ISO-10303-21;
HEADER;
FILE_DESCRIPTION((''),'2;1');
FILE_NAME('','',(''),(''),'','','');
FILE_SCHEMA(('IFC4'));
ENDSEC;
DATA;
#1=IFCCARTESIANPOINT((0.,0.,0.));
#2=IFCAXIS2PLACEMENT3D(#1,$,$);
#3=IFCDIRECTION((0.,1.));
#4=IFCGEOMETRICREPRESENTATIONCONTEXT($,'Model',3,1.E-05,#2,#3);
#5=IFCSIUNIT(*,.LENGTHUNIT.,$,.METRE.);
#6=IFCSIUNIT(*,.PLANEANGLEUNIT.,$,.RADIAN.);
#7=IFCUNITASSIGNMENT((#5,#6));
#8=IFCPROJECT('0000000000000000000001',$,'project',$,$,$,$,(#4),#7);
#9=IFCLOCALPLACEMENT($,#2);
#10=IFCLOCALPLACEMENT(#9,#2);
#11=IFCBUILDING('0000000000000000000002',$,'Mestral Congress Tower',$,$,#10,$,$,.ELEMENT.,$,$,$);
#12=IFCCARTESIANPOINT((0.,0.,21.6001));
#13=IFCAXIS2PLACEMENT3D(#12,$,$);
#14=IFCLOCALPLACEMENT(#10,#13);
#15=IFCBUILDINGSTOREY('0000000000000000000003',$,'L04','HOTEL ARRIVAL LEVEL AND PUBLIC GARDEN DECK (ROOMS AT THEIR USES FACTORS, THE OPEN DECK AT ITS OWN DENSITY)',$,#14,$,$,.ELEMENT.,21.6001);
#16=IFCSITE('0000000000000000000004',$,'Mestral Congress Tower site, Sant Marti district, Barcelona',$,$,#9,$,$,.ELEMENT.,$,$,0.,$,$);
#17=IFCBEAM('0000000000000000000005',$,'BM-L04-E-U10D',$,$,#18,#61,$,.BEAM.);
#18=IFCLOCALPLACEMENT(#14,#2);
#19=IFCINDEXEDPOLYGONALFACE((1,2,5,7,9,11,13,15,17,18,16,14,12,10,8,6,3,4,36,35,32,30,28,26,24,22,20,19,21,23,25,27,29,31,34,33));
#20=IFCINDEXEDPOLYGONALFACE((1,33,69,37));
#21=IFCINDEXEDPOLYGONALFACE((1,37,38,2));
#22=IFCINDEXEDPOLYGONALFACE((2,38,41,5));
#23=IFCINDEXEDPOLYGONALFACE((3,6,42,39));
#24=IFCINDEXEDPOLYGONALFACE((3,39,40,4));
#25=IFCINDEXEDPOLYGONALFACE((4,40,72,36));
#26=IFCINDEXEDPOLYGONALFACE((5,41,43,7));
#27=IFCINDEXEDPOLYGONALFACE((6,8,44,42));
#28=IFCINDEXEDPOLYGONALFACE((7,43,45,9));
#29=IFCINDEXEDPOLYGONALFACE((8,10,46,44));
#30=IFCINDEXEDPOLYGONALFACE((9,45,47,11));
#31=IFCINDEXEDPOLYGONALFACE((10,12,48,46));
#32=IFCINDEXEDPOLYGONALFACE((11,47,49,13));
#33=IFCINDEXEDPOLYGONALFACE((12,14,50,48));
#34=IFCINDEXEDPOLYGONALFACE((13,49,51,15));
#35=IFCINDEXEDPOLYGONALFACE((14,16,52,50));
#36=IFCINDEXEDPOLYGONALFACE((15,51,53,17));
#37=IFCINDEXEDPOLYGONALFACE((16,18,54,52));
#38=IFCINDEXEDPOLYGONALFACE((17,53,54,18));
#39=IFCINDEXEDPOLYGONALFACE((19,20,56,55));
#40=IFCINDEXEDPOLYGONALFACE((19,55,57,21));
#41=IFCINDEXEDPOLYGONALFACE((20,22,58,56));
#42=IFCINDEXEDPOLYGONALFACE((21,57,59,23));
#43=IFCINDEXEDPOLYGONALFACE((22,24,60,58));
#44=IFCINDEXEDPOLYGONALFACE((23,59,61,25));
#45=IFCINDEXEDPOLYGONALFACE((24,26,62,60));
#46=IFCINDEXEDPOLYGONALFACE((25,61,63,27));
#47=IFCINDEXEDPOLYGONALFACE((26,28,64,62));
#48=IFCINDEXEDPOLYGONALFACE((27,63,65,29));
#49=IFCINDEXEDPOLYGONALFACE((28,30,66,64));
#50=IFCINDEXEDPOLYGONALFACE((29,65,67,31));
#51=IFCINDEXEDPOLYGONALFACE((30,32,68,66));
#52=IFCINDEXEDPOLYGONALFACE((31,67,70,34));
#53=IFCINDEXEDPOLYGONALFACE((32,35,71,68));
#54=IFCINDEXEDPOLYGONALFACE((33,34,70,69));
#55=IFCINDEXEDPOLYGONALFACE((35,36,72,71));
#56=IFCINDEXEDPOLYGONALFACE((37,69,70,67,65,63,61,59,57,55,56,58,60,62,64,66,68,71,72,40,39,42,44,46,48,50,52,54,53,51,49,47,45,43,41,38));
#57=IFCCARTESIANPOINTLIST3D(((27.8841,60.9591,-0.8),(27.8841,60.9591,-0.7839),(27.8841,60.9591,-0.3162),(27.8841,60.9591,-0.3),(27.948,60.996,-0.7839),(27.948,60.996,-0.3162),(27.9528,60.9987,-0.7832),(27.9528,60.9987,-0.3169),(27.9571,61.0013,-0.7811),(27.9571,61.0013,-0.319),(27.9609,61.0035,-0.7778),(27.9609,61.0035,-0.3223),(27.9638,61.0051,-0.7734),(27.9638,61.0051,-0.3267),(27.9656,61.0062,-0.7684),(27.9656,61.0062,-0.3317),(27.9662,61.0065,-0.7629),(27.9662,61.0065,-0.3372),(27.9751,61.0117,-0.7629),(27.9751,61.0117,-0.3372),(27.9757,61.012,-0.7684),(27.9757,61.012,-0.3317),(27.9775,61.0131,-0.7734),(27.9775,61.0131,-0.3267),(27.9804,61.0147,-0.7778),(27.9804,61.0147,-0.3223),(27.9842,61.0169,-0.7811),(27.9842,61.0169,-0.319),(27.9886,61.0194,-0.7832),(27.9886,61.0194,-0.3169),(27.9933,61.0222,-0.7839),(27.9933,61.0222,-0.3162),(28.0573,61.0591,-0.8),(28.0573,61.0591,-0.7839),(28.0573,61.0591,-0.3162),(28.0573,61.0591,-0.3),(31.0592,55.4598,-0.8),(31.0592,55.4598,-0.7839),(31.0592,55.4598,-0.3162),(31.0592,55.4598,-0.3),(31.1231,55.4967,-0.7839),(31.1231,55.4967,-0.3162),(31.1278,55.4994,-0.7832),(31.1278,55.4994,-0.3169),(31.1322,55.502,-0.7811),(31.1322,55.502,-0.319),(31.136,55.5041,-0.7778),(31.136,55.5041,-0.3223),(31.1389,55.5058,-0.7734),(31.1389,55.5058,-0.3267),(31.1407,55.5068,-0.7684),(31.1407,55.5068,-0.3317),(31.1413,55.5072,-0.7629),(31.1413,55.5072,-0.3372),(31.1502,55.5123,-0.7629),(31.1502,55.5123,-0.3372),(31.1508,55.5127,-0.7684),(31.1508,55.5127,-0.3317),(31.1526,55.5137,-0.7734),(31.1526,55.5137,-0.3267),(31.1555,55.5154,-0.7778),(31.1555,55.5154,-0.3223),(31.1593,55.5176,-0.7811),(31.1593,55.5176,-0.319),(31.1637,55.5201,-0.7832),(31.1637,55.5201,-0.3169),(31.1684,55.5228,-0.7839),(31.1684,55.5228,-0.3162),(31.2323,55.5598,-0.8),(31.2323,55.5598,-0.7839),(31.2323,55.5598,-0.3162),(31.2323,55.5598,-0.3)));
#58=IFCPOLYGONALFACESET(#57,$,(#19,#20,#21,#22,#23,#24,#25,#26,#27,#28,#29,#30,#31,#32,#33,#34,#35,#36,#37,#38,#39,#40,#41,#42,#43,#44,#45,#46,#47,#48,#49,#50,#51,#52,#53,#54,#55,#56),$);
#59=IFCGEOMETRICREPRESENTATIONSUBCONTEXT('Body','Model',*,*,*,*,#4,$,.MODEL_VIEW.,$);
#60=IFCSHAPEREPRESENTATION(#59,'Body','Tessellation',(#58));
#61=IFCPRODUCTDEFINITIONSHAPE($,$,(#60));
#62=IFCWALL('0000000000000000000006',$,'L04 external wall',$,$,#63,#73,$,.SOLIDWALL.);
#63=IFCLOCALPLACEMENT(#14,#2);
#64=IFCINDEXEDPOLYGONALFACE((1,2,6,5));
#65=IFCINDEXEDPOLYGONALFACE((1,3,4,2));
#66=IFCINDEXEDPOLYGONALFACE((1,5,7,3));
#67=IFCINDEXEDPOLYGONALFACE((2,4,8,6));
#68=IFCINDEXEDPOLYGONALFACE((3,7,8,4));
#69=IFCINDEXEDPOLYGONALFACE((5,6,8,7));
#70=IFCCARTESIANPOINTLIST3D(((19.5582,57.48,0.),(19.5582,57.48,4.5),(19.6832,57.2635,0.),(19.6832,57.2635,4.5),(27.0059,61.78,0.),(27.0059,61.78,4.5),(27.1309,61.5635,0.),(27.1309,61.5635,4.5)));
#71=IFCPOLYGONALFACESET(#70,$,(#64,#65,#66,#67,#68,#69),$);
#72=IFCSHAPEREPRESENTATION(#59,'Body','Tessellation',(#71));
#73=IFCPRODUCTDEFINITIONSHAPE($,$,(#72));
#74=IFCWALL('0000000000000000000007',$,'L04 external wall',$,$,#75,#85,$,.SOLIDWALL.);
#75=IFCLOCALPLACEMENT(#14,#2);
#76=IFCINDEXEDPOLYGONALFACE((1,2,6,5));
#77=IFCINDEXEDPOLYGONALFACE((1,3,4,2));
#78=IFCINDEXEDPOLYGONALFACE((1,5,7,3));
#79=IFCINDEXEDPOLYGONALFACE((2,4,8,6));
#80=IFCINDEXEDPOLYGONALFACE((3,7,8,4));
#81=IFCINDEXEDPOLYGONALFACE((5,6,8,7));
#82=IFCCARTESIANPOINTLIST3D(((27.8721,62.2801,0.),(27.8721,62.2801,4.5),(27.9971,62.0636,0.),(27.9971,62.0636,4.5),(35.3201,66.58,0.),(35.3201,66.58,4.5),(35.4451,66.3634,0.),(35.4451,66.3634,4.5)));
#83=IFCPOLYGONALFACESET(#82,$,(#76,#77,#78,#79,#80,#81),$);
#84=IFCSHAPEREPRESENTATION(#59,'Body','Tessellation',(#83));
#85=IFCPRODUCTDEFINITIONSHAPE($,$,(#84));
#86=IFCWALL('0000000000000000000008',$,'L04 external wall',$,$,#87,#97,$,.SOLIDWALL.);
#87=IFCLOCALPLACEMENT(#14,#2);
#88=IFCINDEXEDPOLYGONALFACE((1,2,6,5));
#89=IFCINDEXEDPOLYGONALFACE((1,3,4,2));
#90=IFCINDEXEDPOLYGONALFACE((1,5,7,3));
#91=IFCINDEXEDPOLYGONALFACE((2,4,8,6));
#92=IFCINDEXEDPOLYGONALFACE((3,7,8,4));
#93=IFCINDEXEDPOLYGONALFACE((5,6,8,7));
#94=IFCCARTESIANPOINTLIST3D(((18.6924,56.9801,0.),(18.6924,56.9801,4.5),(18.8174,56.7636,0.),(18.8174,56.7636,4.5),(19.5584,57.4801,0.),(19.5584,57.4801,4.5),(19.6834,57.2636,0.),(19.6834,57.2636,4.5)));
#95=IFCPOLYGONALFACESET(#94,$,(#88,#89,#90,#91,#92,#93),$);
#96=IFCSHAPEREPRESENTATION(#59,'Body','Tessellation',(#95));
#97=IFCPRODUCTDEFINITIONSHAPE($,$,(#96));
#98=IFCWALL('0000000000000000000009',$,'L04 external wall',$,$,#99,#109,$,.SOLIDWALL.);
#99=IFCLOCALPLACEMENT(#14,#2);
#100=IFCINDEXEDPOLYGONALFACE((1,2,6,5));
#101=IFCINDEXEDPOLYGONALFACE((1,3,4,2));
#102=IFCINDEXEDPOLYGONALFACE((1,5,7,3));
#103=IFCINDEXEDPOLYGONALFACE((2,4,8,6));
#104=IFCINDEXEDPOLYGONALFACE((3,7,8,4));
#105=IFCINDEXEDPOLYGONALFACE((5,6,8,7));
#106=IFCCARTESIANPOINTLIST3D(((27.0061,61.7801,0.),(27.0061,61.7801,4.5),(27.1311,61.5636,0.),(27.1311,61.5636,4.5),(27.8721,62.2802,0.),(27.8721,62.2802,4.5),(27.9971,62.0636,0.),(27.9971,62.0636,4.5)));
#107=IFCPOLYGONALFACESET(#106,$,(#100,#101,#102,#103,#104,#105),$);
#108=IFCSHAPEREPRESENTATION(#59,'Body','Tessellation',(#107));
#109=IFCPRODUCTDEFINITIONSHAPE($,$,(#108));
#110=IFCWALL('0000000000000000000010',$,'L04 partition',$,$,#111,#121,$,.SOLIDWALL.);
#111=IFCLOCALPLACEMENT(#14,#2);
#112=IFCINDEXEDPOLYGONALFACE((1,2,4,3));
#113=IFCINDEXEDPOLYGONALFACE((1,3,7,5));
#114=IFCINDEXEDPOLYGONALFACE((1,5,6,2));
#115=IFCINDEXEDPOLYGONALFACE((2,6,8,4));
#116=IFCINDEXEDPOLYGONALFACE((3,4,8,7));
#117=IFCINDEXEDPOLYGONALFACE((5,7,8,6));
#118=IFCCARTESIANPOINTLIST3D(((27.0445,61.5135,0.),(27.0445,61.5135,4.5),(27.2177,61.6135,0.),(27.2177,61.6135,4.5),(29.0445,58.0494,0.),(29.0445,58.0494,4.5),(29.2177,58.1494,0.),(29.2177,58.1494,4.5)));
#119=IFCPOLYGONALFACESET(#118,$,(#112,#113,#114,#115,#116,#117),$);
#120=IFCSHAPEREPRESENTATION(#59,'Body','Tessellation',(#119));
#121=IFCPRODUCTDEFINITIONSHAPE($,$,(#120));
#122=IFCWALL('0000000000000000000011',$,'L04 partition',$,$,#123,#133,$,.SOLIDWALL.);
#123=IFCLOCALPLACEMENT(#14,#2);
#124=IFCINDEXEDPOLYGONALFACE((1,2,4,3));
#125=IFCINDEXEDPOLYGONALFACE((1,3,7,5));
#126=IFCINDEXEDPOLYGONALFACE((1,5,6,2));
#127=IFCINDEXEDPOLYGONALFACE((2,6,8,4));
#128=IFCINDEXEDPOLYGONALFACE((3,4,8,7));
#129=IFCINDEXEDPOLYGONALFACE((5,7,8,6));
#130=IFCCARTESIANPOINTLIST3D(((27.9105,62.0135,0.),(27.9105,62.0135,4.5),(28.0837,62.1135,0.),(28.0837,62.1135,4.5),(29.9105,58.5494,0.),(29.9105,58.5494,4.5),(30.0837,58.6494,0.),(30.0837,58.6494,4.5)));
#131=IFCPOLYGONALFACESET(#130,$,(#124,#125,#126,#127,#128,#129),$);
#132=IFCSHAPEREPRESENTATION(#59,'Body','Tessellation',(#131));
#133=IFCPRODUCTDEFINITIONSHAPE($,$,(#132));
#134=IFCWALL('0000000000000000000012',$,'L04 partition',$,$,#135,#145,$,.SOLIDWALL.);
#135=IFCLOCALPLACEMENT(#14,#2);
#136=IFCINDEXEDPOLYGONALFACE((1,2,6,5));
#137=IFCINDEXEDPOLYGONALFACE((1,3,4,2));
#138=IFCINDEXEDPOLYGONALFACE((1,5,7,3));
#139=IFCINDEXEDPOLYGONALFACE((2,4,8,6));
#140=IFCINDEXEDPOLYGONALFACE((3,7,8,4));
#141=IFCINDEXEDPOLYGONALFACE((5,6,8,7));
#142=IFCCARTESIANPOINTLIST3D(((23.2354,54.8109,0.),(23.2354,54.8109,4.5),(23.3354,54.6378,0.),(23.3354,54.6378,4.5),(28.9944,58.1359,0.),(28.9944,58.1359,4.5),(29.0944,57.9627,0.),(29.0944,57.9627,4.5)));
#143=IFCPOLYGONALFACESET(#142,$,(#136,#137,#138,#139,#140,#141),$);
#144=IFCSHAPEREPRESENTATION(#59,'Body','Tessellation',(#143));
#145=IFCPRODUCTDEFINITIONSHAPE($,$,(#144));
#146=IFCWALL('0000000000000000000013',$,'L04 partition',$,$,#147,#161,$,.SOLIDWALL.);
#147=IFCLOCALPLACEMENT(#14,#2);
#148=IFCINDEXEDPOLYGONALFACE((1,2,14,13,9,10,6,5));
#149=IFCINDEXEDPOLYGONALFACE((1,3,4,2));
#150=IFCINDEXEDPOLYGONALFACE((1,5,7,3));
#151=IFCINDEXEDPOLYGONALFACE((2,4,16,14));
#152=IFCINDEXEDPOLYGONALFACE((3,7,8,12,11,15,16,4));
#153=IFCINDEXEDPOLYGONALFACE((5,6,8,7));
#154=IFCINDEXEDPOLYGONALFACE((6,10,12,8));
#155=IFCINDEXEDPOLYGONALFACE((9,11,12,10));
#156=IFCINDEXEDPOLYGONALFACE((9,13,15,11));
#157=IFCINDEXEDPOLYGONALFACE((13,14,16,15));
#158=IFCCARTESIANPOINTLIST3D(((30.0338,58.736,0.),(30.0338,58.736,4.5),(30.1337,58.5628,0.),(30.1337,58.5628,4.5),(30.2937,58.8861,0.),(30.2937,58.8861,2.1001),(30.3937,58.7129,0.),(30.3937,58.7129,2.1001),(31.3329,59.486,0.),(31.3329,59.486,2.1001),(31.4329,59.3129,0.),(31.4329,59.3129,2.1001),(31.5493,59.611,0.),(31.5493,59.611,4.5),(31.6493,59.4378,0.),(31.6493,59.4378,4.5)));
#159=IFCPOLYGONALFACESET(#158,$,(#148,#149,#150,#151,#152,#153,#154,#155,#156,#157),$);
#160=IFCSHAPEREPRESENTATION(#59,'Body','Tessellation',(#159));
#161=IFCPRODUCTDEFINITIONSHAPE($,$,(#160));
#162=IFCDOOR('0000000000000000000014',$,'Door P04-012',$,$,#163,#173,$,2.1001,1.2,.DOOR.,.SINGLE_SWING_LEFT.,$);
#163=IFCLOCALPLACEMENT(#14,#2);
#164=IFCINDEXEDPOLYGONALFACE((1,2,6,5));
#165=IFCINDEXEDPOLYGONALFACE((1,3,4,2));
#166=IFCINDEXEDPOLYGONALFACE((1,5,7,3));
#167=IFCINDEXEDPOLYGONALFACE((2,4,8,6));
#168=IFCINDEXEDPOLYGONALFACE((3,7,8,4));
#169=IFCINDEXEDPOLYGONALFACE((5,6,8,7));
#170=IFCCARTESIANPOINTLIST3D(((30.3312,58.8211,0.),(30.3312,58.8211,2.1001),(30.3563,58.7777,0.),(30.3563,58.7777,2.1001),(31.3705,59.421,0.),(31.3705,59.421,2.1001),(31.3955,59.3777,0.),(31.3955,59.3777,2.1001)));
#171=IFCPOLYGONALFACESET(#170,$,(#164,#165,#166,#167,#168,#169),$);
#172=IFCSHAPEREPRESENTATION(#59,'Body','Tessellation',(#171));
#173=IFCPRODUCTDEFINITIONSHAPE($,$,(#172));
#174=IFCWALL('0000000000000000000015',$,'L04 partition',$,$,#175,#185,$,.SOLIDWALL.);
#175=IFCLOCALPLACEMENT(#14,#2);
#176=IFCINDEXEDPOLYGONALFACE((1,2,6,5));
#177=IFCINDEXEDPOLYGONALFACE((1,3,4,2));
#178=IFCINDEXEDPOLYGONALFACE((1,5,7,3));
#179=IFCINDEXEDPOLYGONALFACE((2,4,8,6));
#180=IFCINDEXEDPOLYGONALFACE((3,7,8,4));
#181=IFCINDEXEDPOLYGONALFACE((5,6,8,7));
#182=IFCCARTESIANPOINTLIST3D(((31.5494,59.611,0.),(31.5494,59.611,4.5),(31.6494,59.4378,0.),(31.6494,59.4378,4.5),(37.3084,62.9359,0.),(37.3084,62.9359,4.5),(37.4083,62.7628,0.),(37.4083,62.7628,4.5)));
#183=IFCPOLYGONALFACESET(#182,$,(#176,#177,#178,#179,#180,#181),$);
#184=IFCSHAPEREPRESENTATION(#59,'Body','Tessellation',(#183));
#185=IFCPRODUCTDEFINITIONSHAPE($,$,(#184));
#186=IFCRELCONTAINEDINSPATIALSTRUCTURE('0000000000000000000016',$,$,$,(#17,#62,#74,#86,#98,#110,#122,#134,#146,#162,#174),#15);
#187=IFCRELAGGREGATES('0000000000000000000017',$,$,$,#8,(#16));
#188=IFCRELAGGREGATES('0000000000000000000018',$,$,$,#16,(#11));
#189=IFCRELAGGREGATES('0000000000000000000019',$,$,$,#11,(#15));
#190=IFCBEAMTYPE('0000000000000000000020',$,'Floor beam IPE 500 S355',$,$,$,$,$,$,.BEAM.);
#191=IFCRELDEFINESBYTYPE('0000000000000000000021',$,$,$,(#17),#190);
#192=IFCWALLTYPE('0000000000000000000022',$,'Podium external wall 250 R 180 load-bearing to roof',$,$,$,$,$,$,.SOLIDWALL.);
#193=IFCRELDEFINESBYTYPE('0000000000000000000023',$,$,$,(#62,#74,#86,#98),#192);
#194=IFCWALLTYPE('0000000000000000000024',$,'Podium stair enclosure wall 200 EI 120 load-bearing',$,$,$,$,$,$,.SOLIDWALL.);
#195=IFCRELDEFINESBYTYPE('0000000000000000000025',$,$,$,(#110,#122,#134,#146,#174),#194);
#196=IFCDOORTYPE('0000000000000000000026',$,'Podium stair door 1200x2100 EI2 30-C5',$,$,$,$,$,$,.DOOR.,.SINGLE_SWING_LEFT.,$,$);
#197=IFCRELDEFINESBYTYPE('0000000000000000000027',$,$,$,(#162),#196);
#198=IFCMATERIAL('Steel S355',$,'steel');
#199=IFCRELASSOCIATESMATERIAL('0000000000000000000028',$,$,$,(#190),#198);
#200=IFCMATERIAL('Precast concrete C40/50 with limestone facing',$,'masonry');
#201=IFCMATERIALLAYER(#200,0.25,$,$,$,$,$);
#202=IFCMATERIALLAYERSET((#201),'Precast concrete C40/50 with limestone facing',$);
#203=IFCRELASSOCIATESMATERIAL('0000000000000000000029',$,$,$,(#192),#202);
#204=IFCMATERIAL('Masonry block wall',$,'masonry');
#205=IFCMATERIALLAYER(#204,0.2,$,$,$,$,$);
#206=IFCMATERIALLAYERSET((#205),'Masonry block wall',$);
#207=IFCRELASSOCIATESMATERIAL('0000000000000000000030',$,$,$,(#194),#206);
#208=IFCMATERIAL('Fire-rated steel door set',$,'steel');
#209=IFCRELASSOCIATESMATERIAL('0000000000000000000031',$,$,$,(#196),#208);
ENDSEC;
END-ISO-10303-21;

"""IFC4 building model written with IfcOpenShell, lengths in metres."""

from ifc_helpers import new_model, si_unit, direction, frame, frame_2d, origin, origin_2d, place, context, subcontext, project, spatial, rectangle, i_section, extrude, material, layer, layer_set, material_profile, profile_set, type_object, element, fill, save


model = new_model("IFC4")

# Units and contexts
model_context = context("Model", 3, precision=1e-05, world=origin(), true_north=direction((0.0, 1.0)))
body_context = subcontext(model_context, "Body", "Model", "MODEL_VIEW")
ifc_project = project(units=[si_unit("LENGTHUNIT", "METRE"), si_unit("PLANEANGLEUNIT", "RADIAN")], contexts=[model_context])

# Site, building, storey
site_placement = place(None, origin())
site = spatial("IfcSite", under=ifc_project, at=site_placement, Name="Mestral Congress Tower site, Sant Marti district, Barcelona", CompositionType="ELEMENT", RefElevation=0.0)
building_placement = place(site_placement, origin())
building = spatial("IfcBuilding", under=site, at=building_placement, Name="Mestral Congress Tower", CompositionType="ELEMENT")
storey_placement = place(building_placement, frame((0.0, 0.0, 21.6001)))
storey = spatial("IfcBuildingStorey", under=building, at=storey_placement, Name="L04", Description="HOTEL ARRIVAL LEVEL AND PUBLIC GARDEN DECK (ROOMS AT THEIR USES FACTORS, THE OPEN DECK AT ITS OWN DENSITY)", CompositionType="ELEMENT", Elevation=21.6001)

# Beam
ifc_material_1 = material(Name="Steel S355", Category="steel")
ifc_material_profile = material_profile(ifc_material_1, i_section(OverallWidth=0.2, OverallDepth=0.5, WebThickness=0.0103, FlangeThickness=0.0161, FilletRadius=0.021, at=origin_2d()), Name="IPE 500")
ifc_profile_set = profile_set([ifc_material_profile], Name="Steel S355")
beam_type = type_object("IfcBeamType", Name="Floor beam IPE 500 S355", PredefinedType="BEAM", material=ifc_profile_set)
beam_placement = place(storey_placement, frame((31.1458, 55.5098, -0.55), z_axis=(-0.500005, 0.866022, 0.0), x_axis=(-0.866022, -0.500005, 0.0)))
element("IfcBeam", 1, at=beam_placement, inside=storey, type_object=beam_type, Name="BM-L04-E-U10D", PredefinedType="BEAM", context=body_context, shape_type="SweptSolid", body=[
    extrude(i_section(OverallWidth=0.2, OverallDepth=0.5, WebThickness=0.0103, FlangeThickness=0.0161, FilletRadius=0.021, at=origin_2d()), origin(), (0.0, 0.0, 1.0), 6.3501),
])

# Walls
ifc_material_2 = material(Name="Precast concrete C40/50 with limestone facing", Category="masonry")
ifc_layer_1 = layer(ifc_material_2, 0.25)
ifc_layer_set_1 = layer_set([ifc_layer_1], Name="Precast concrete C40/50 with limestone facing")
wall_type_1 = type_object("IfcWallType", Name="Podium external wall 250 R 180 load-bearing to roof", PredefinedType="SOLIDWALL", material=ifc_layer_set_1)
wall_1_placement = place(storey_placement, frame((19.6208, 57.3718, 0.0), z_axis=(0.0, 0.0, 1.0), x_axis=(0.866021, 0.500008, 0.0)))
element("IfcWall", 2, at=wall_1_placement, inside=storey, type_object=wall_type_1, Name="L04 external wall", PredefinedType="SOLIDWALL", context=body_context, shape_type="SweptSolid", body=[
    extrude(rectangle(XDim=8.5999, YDim=0.25, at=frame_2d((4.2998, 0.0))), origin(), (0.0, 0.0, 1.0), 4.5),
])
wall_2_placement = place(storey_placement, frame((27.9346, 62.1719, 0.0), z_axis=(0.0, 0.0, 1.0), x_axis=(0.86604, 0.499974, 0.0)))
element("IfcWall", 3, at=wall_2_placement, inside=storey, type_object=wall_type_1, Name="L04 external wall", PredefinedType="SOLIDWALL", context=body_context, shape_type="SweptSolid", body=[
    extrude(rectangle(XDim=8.6001, YDim=0.25, at=frame_2d((4.3, 0.0))), origin(), (0.0, 0.0, 1.0), 4.5),
])
for number, where, z_axis, x_axis, name in (
    (4, (18.7549, 56.8718, 0.0), (0.0, 0.0, 1.0), (0.866011, 0.500025, 0.0), "L04 external wall"),
    (5, (27.0686, 61.6719, 0.0), (0.0, 0.0, 1.0), (0.866011, 0.500025, 0.0), "L04 external wall"),
):
    element("IfcWall", number, at=place(storey_placement, frame(where, z_axis=z_axis, x_axis=x_axis)), inside=storey, type_object=wall_type_1, Name=name, PredefinedType="SOLIDWALL", context=body_context, shape_type="SweptSolid", body=[
        extrude(rectangle(XDim=1.0, YDim=0.25, at=frame_2d((0.5, 0.0))), origin(), (0.0, 0.0, 1.0), 4.5),
    ])
ifc_material_3 = material(Name="Masonry block wall", Category="masonry")
ifc_layer_2 = layer(ifc_material_3, 0.2)
ifc_layer_set_2 = layer_set([ifc_layer_2], Name="Masonry block wall")
wall_type_2 = type_object("IfcWallType", Name="Podium stair enclosure wall 200 EI 120 load-bearing", PredefinedType="SOLIDWALL", material=ifc_layer_set_2)
for number, where, z_axis, x_axis, name in (
    (6, (29.1311, 58.0994, 0.0), (0.0, 0.0, 1.0), (-0.499999, 0.866026, 0.0), "L04 partition"),
    (7, (29.9971, 58.5994, 0.0), (0.0, 0.0, 1.0), (-0.499999, 0.866026, 0.0), "L04 partition"),
):
    element("IfcWall", number, at=place(storey_placement, frame(where, z_axis=z_axis, x_axis=x_axis)), inside=storey, type_object=wall_type_2, Name=name, PredefinedType="SOLIDWALL", context=body_context, shape_type="SweptSolid", body=[
        extrude(rectangle(XDim=4.0, YDim=0.2, at=frame_2d((2.0, 0.0))), origin(), (0.0, 0.0, 1.0), 4.5),
    ])
wall_3_placement = place(storey_placement, frame((23.2854, 54.7244, 0.0), z_axis=(0.0, 0.0, 1.0), x_axis=(0.866027, 0.499997, 0.0)))
element("IfcWall", 8, at=wall_3_placement, inside=storey, type_object=wall_type_2, Name="L04 partition", PredefinedType="SOLIDWALL", context=body_context, shape_type="SweptSolid", body=[
    extrude(rectangle(XDim=6.6499, YDim=0.2, at=frame_2d((3.325, 0.0))), origin(), (0.0, 0.0, 1.0), 4.5),
])

# Wall, opening, door
wall_4_placement = place(storey_placement, frame((30.0837, 58.6494, 0.0), z_axis=(0.0, 0.0, 1.0), x_axis=(0.866037, 0.49998, 0.0)))
wall_4 = element("IfcWall", 9, at=wall_4_placement, inside=storey, type_object=wall_type_2, Name="L04 partition", PredefinedType="SOLIDWALL", context=body_context, shape_type="SweptSolid", body=[
    extrude(rectangle(XDim=1.75, YDim=0.2, at=frame_2d((0.875, 0.0))), origin(), (0.0, 0.0, 1.0), 4.5),
])
opening_1_placement = place(wall_4_placement, frame((0.3, 0.0, 0.0)))
opening_1 = element("IfcOpeningElement", 10, at=opening_1_placement, cuts=wall_4, PredefinedType="OPENING", context=body_context, shape_type="SweptSolid", body=[
    extrude(rectangle(XDim=1.2, YDim=2.1001, at=frame_2d((0.6001, 1.05))), frame((0.0, 0.1099, 0.0), z_axis=(0.0, -1.0, 0.0), x_axis=(1.0, 0.0, 0.0)), (0.0, 0.0, 1.0), 0.22),
])
ifc_material_4 = material(Name="Fire-rated steel door set", Category="steel")
door_type_1 = type_object("IfcDoorType", Name="Podium stair door 1200x2100 EI2 30-C5", OperationType="SINGLE_SWING_LEFT", PredefinedType="DOOR", material=ifc_material_4)
door_1_placement = place(opening_1_placement, origin())
door_1 = element("IfcDoor", 11, at=door_1_placement, inside=storey, type_object=door_type_1, Name="Door P04-012", OperationType="SINGLE_SWING_LEFT", OverallHeight=2.1001, OverallWidth=1.2, PredefinedType="DOOR", context=body_context, shape_type="SweptSolid", body=[
    extrude(rectangle(XDim=1.2, YDim=2.1001, at=frame_2d((0.6001, 1.05))), frame((0.0, 0.0249, 0.0), z_axis=(0.0, -1.0, 0.0), x_axis=(1.0, 0.0, 0.0)), (0.0, 0.0, 1.0), 0.05),
])
fill(opening_1, door_1)

# Wall
wall_5_placement = place(storey_placement, frame((31.5994, 59.5244, 0.0), z_axis=(0.0, 0.0, 1.0), x_axis=(0.866027, 0.499997, 0.0)))
element("IfcWall", 12, at=wall_5_placement, inside=storey, type_object=wall_type_2, Name="L04 partition", PredefinedType="SOLIDWALL", context=body_context, shape_type="SweptSolid", body=[
    extrude(rectangle(XDim=6.6499, YDim=0.2, at=frame_2d((3.325, 0.0))), origin(), (0.0, 0.0, 1.0), 4.5),
])

save(model, "model.ifc")
